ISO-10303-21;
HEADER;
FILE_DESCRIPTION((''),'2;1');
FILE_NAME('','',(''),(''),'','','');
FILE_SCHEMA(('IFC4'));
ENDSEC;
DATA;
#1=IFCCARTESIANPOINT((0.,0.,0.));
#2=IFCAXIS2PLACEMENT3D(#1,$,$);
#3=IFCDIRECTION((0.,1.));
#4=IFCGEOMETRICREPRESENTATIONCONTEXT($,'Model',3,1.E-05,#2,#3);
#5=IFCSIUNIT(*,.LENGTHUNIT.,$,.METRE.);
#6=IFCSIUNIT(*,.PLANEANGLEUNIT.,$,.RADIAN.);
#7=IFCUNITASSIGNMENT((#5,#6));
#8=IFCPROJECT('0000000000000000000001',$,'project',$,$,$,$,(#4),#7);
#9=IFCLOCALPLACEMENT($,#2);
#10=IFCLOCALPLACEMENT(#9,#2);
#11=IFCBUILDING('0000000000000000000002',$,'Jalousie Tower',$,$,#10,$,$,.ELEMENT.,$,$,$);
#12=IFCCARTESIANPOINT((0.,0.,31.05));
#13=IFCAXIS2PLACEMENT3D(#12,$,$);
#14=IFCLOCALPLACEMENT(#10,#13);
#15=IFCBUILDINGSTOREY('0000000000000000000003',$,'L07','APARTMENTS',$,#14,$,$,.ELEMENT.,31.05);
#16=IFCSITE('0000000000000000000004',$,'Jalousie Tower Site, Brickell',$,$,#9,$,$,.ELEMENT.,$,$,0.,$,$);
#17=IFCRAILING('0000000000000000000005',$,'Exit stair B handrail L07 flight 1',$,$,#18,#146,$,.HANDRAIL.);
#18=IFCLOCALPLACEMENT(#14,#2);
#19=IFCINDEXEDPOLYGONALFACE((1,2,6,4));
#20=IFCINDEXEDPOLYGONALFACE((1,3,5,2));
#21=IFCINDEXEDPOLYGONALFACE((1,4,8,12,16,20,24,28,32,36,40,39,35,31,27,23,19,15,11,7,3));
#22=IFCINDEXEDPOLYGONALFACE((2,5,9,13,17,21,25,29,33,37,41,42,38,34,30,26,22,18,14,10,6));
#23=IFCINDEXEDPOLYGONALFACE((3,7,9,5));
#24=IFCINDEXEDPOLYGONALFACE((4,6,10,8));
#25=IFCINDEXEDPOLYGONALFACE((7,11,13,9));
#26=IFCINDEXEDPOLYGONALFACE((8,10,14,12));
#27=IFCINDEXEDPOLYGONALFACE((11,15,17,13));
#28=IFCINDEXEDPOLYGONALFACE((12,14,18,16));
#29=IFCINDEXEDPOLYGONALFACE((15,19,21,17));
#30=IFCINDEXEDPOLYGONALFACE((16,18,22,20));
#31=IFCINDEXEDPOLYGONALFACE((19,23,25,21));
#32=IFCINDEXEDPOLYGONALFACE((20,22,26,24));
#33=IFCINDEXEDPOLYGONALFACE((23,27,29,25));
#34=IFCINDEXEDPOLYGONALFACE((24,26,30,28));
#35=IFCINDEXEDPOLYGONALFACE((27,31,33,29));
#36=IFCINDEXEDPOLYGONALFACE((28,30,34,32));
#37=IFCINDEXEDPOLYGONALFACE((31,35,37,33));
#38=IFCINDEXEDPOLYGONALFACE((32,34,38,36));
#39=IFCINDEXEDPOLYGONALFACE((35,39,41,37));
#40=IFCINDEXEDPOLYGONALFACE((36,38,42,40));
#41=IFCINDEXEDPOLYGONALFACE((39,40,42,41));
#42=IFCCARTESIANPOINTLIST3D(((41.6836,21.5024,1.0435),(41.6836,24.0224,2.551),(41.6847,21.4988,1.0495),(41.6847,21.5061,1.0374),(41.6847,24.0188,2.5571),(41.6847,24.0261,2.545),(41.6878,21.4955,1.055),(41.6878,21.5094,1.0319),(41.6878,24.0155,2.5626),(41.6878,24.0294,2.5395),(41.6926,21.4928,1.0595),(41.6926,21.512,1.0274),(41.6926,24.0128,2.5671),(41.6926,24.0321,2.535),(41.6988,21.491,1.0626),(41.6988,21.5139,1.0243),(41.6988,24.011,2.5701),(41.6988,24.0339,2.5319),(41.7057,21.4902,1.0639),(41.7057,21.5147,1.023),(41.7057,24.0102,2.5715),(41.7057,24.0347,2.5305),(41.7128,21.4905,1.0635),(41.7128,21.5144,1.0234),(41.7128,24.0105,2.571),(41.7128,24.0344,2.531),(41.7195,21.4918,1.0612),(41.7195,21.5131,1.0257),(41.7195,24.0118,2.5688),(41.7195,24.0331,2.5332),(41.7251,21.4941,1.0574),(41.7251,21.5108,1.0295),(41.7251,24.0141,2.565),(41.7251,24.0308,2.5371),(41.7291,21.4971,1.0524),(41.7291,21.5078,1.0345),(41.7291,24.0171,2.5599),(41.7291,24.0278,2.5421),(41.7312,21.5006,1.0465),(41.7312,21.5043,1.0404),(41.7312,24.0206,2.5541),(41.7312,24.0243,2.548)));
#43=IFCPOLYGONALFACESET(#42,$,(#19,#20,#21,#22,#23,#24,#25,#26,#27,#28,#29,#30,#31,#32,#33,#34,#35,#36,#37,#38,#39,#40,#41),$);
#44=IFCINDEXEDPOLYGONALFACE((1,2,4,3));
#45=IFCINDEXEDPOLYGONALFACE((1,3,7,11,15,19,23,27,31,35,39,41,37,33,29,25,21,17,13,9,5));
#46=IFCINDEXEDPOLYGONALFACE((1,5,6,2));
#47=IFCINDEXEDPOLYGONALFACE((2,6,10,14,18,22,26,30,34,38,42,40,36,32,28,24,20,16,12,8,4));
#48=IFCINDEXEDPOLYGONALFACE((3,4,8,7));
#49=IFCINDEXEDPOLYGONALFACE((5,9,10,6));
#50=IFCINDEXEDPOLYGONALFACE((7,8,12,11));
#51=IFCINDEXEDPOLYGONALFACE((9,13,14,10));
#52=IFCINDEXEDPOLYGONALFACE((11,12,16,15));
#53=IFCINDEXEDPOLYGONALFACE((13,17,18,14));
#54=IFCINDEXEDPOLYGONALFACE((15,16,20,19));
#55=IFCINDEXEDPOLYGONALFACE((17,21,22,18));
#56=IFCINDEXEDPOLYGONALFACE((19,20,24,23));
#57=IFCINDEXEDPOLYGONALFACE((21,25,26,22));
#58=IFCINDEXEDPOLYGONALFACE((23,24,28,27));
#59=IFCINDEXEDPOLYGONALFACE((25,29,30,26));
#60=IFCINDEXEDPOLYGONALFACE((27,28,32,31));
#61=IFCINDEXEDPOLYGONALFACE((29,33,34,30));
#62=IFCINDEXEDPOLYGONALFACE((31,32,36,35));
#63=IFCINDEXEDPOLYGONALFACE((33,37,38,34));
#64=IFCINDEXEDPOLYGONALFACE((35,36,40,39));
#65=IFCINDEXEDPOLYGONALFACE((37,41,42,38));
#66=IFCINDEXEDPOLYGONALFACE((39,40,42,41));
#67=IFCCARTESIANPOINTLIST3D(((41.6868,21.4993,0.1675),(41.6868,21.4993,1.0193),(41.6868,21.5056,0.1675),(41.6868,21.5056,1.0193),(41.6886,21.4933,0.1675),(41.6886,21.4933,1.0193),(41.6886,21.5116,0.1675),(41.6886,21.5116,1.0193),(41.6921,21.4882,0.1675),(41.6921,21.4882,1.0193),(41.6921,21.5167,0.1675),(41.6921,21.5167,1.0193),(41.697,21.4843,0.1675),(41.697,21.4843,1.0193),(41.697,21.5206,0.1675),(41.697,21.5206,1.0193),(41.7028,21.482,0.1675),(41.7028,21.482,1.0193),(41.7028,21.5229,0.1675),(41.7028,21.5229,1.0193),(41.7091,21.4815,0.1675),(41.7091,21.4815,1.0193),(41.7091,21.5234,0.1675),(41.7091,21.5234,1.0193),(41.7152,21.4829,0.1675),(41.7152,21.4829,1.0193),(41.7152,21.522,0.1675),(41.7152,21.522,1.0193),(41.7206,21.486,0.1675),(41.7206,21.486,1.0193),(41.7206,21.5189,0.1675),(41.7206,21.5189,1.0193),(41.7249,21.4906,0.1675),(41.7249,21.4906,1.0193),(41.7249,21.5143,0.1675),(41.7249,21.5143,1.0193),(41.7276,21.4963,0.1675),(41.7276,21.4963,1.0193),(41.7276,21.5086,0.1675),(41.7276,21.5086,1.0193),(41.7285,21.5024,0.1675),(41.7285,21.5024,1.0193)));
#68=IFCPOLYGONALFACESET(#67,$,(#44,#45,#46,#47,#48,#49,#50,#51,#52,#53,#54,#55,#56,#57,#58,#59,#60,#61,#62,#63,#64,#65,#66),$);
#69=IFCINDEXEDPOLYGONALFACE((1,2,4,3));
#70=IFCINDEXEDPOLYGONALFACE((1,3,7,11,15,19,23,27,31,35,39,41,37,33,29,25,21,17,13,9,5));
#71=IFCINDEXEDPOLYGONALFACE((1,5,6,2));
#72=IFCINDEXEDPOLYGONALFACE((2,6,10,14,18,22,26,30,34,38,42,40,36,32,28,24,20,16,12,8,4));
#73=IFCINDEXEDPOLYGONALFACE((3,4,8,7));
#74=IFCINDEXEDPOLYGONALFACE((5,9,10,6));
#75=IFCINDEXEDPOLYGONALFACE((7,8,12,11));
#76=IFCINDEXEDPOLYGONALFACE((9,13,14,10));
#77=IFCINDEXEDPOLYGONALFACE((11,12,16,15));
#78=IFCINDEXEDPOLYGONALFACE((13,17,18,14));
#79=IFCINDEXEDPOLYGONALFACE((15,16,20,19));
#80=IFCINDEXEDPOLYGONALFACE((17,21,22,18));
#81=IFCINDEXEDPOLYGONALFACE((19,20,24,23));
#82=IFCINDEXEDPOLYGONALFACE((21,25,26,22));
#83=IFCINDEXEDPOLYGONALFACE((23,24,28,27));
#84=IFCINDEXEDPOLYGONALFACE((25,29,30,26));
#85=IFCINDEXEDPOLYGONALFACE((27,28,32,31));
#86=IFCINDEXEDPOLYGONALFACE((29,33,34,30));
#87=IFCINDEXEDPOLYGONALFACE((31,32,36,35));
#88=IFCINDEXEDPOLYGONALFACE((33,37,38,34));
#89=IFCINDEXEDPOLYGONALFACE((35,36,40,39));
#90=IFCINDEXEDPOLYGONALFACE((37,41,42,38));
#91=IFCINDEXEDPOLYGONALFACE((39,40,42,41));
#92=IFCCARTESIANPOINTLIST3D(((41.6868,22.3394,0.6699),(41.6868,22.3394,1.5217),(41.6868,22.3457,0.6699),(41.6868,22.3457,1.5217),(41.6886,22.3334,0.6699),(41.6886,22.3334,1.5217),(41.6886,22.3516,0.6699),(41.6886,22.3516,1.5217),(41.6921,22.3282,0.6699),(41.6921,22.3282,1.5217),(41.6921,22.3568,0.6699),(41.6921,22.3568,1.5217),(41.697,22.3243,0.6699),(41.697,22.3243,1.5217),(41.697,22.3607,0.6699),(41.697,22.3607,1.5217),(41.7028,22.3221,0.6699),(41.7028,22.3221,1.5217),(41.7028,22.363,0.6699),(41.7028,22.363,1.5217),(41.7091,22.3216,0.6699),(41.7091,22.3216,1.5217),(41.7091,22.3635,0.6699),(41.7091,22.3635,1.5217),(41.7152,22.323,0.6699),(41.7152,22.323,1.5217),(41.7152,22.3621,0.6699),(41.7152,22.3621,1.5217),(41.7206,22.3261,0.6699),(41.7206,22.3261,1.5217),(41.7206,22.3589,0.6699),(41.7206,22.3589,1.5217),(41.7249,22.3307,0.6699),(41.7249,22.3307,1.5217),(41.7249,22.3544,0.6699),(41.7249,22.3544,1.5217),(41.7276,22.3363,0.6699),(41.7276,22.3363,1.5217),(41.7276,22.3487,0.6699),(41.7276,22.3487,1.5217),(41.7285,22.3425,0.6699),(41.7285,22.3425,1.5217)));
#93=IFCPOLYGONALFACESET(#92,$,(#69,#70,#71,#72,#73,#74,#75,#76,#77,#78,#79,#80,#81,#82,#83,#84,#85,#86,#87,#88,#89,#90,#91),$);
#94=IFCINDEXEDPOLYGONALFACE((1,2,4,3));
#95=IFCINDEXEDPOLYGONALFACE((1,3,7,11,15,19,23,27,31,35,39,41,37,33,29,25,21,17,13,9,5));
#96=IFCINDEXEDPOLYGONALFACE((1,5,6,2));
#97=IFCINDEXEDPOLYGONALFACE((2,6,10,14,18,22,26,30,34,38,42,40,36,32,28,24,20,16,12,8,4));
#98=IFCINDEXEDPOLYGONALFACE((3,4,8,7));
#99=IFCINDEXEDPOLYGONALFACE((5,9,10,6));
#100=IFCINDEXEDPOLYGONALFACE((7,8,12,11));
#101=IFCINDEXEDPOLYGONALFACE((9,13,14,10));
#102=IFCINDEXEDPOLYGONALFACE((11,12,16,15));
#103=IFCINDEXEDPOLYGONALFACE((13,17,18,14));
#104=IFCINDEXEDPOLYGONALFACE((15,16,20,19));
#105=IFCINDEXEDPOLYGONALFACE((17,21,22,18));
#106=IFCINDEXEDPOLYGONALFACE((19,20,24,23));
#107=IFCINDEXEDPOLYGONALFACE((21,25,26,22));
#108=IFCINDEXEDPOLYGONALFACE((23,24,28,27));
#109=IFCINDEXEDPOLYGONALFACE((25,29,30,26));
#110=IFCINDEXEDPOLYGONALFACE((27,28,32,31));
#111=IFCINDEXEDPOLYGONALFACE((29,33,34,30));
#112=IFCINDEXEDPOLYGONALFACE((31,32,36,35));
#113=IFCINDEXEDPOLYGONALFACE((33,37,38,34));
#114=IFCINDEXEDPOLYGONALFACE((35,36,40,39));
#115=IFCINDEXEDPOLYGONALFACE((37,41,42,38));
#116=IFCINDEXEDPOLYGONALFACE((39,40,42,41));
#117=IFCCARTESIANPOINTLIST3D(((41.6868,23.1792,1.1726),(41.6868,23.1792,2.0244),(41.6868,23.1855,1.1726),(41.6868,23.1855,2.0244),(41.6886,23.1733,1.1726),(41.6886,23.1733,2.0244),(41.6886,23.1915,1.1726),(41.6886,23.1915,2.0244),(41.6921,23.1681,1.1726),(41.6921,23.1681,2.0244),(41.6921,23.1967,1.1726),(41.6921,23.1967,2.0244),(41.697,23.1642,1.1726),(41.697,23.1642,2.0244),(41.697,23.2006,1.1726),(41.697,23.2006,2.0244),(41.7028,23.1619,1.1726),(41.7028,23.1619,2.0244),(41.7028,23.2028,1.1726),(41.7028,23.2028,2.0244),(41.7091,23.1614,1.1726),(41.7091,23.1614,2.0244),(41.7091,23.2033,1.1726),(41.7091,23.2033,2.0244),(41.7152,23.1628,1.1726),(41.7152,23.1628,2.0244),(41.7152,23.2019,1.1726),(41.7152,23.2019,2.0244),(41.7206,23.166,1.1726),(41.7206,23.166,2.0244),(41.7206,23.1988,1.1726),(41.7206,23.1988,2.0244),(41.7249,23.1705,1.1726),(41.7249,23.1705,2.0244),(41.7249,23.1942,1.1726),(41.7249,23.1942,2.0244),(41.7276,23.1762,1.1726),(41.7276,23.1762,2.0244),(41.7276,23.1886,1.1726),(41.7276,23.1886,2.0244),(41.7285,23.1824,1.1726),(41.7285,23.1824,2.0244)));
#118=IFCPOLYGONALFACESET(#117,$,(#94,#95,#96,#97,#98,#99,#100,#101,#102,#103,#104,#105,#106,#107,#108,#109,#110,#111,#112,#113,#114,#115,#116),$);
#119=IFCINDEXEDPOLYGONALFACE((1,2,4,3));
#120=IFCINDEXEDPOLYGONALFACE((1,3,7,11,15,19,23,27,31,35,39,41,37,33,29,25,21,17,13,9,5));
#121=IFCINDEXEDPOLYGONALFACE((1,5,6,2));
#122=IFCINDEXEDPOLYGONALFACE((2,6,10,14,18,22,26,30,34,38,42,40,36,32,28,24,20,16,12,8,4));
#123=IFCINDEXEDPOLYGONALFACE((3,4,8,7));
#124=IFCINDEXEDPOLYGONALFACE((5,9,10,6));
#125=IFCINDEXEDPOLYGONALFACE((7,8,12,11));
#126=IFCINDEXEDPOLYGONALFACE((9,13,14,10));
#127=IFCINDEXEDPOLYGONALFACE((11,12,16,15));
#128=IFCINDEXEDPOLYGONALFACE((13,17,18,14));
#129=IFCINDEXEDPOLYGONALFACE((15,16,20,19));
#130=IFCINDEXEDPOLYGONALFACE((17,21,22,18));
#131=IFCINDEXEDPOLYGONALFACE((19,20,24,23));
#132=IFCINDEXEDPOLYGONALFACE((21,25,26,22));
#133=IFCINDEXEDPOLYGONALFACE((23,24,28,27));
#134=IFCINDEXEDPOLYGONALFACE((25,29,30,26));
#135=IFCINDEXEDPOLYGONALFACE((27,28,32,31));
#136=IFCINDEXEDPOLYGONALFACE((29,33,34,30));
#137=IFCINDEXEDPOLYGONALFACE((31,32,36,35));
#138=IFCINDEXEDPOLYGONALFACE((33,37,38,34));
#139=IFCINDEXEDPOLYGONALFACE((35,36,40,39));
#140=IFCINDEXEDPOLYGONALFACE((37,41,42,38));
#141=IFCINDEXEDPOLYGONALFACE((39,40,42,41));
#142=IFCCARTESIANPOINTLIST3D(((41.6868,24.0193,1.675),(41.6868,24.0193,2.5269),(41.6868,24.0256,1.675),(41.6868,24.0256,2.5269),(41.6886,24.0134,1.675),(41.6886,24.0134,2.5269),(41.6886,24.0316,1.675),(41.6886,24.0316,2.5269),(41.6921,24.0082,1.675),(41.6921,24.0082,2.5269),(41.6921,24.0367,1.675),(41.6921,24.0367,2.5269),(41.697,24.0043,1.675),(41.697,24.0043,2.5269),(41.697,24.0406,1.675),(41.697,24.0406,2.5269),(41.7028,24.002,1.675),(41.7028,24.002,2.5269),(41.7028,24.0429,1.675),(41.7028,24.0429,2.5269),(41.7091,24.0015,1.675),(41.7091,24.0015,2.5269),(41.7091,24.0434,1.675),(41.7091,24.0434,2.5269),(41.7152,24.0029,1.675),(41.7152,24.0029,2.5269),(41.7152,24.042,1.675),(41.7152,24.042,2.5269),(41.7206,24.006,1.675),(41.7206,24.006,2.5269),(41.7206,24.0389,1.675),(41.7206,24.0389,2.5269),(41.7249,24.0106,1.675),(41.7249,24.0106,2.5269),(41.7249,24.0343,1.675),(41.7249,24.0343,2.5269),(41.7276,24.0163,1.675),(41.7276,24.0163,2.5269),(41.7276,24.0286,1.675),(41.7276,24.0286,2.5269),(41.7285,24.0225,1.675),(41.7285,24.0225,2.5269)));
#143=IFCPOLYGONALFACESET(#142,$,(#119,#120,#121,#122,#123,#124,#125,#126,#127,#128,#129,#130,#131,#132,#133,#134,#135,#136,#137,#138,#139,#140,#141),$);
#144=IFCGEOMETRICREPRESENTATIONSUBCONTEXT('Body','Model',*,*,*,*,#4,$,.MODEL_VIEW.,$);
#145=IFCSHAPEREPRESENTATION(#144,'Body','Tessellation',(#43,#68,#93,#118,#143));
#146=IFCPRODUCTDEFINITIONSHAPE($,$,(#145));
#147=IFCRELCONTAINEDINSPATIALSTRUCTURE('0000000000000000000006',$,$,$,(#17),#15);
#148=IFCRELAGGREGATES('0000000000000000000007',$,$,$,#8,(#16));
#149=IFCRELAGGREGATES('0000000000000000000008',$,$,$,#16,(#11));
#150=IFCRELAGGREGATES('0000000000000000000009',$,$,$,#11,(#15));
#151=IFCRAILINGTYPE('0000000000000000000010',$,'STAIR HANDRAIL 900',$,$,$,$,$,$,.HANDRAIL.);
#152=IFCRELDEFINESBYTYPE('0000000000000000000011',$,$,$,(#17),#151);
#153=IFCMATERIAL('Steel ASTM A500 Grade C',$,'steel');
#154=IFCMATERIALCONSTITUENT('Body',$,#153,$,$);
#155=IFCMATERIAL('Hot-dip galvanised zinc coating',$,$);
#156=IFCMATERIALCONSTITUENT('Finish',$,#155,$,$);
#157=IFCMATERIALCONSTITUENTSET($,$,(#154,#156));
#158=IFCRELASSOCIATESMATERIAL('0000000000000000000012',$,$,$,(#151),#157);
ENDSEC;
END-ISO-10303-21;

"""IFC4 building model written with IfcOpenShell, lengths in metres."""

from ifc_helpers import new_model, si_unit, direction, frame, origin, origin_2d, place, context, subcontext, project, spatial, circle, extrude, material, constituent, constituent_set, type_object, element, save


model = new_model("IFC4")

# Units and contexts
model_context = context("Model", 3, precision=1e-05, world=origin(), true_north=direction((0.0, 1.0)))
body_context = subcontext(model_context, "Body", "Model", "MODEL_VIEW")
ifc_project = project(units=[si_unit("LENGTHUNIT", "METRE"), si_unit("PLANEANGLEUNIT", "RADIAN")], contexts=[model_context])

# Site, building, storey
site_placement = place(None, origin())
site = spatial("IfcSite", under=ifc_project, at=site_placement, Name="Jalousie Tower Site, Brickell", CompositionType="ELEMENT", RefElevation=0.0)
building_placement = place(site_placement, origin())
building = spatial("IfcBuilding", under=site, at=building_placement, Name="Jalousie Tower", CompositionType="ELEMENT")
storey_placement = place(building_placement, frame((0.0, 0.0, 31.05)))
storey = spatial("IfcBuildingStorey", under=building, at=storey_placement, Name="L07", Description="APARTMENTS", CompositionType="ELEMENT", Elevation=31.05)

# Railing
ifc_material_1 = material(Name="Steel ASTM A500 Grade C", Category="steel")
ifc_constituent_1 = constituent(ifc_material_1, Name="Body")
ifc_material_2 = material(Name="Hot-dip galvanised zinc coating")
ifc_constituent_2 = constituent(ifc_material_2, Name="Finish")
ifc_constituent_set_1 = constituent_set(constituents=[ifc_constituent_1, ifc_constituent_2])
railing_type_1 = type_object("IfcRailingType", Name="STAIR HANDRAIL 900", PredefinedType="HANDRAIL", material=ifc_constituent_set_1)
railing_1_placement = place(storey_placement, frame((41.7075, 21.5024, 0.1675)))
element("IfcRailing", 1, at=railing_1_placement, inside=storey, type_object=railing_type_1, Name="Exit stair B handrail L07 flight 1", PredefinedType="HANDRAIL", context=body_context, shape_type="SweptSolid", body=[
    extrude(circle(Radius=0.0239, at=origin_2d()), frame((0.0, 0.0, 0.876), z_axis=(0.0, 0.85816, 0.513383), x_axis=(-1.0, 0.0, 0.0)), (0.0, 0.0, 1.0), 2.9365),
    extrude(circle(Radius=0.021, at=origin_2d()), origin(), (0.0, 0.0, 1.0), 0.8518),
    extrude(circle(Radius=0.021, at=origin_2d()), frame((0.0, 0.8401, 0.5024)), (0.0, 0.0, 1.0), 0.8518),
    extrude(circle(Radius=0.021, at=origin_2d()), frame((0.0, 1.6799, 1.0051)), (0.0, 0.0, 1.0), 0.8518),
    extrude(circle(Radius=0.021, at=origin_2d()), frame((0.0, 2.52, 1.5076)), (0.0, 0.0, 1.0), 0.8518),
])

save(model, "model.ifc")
